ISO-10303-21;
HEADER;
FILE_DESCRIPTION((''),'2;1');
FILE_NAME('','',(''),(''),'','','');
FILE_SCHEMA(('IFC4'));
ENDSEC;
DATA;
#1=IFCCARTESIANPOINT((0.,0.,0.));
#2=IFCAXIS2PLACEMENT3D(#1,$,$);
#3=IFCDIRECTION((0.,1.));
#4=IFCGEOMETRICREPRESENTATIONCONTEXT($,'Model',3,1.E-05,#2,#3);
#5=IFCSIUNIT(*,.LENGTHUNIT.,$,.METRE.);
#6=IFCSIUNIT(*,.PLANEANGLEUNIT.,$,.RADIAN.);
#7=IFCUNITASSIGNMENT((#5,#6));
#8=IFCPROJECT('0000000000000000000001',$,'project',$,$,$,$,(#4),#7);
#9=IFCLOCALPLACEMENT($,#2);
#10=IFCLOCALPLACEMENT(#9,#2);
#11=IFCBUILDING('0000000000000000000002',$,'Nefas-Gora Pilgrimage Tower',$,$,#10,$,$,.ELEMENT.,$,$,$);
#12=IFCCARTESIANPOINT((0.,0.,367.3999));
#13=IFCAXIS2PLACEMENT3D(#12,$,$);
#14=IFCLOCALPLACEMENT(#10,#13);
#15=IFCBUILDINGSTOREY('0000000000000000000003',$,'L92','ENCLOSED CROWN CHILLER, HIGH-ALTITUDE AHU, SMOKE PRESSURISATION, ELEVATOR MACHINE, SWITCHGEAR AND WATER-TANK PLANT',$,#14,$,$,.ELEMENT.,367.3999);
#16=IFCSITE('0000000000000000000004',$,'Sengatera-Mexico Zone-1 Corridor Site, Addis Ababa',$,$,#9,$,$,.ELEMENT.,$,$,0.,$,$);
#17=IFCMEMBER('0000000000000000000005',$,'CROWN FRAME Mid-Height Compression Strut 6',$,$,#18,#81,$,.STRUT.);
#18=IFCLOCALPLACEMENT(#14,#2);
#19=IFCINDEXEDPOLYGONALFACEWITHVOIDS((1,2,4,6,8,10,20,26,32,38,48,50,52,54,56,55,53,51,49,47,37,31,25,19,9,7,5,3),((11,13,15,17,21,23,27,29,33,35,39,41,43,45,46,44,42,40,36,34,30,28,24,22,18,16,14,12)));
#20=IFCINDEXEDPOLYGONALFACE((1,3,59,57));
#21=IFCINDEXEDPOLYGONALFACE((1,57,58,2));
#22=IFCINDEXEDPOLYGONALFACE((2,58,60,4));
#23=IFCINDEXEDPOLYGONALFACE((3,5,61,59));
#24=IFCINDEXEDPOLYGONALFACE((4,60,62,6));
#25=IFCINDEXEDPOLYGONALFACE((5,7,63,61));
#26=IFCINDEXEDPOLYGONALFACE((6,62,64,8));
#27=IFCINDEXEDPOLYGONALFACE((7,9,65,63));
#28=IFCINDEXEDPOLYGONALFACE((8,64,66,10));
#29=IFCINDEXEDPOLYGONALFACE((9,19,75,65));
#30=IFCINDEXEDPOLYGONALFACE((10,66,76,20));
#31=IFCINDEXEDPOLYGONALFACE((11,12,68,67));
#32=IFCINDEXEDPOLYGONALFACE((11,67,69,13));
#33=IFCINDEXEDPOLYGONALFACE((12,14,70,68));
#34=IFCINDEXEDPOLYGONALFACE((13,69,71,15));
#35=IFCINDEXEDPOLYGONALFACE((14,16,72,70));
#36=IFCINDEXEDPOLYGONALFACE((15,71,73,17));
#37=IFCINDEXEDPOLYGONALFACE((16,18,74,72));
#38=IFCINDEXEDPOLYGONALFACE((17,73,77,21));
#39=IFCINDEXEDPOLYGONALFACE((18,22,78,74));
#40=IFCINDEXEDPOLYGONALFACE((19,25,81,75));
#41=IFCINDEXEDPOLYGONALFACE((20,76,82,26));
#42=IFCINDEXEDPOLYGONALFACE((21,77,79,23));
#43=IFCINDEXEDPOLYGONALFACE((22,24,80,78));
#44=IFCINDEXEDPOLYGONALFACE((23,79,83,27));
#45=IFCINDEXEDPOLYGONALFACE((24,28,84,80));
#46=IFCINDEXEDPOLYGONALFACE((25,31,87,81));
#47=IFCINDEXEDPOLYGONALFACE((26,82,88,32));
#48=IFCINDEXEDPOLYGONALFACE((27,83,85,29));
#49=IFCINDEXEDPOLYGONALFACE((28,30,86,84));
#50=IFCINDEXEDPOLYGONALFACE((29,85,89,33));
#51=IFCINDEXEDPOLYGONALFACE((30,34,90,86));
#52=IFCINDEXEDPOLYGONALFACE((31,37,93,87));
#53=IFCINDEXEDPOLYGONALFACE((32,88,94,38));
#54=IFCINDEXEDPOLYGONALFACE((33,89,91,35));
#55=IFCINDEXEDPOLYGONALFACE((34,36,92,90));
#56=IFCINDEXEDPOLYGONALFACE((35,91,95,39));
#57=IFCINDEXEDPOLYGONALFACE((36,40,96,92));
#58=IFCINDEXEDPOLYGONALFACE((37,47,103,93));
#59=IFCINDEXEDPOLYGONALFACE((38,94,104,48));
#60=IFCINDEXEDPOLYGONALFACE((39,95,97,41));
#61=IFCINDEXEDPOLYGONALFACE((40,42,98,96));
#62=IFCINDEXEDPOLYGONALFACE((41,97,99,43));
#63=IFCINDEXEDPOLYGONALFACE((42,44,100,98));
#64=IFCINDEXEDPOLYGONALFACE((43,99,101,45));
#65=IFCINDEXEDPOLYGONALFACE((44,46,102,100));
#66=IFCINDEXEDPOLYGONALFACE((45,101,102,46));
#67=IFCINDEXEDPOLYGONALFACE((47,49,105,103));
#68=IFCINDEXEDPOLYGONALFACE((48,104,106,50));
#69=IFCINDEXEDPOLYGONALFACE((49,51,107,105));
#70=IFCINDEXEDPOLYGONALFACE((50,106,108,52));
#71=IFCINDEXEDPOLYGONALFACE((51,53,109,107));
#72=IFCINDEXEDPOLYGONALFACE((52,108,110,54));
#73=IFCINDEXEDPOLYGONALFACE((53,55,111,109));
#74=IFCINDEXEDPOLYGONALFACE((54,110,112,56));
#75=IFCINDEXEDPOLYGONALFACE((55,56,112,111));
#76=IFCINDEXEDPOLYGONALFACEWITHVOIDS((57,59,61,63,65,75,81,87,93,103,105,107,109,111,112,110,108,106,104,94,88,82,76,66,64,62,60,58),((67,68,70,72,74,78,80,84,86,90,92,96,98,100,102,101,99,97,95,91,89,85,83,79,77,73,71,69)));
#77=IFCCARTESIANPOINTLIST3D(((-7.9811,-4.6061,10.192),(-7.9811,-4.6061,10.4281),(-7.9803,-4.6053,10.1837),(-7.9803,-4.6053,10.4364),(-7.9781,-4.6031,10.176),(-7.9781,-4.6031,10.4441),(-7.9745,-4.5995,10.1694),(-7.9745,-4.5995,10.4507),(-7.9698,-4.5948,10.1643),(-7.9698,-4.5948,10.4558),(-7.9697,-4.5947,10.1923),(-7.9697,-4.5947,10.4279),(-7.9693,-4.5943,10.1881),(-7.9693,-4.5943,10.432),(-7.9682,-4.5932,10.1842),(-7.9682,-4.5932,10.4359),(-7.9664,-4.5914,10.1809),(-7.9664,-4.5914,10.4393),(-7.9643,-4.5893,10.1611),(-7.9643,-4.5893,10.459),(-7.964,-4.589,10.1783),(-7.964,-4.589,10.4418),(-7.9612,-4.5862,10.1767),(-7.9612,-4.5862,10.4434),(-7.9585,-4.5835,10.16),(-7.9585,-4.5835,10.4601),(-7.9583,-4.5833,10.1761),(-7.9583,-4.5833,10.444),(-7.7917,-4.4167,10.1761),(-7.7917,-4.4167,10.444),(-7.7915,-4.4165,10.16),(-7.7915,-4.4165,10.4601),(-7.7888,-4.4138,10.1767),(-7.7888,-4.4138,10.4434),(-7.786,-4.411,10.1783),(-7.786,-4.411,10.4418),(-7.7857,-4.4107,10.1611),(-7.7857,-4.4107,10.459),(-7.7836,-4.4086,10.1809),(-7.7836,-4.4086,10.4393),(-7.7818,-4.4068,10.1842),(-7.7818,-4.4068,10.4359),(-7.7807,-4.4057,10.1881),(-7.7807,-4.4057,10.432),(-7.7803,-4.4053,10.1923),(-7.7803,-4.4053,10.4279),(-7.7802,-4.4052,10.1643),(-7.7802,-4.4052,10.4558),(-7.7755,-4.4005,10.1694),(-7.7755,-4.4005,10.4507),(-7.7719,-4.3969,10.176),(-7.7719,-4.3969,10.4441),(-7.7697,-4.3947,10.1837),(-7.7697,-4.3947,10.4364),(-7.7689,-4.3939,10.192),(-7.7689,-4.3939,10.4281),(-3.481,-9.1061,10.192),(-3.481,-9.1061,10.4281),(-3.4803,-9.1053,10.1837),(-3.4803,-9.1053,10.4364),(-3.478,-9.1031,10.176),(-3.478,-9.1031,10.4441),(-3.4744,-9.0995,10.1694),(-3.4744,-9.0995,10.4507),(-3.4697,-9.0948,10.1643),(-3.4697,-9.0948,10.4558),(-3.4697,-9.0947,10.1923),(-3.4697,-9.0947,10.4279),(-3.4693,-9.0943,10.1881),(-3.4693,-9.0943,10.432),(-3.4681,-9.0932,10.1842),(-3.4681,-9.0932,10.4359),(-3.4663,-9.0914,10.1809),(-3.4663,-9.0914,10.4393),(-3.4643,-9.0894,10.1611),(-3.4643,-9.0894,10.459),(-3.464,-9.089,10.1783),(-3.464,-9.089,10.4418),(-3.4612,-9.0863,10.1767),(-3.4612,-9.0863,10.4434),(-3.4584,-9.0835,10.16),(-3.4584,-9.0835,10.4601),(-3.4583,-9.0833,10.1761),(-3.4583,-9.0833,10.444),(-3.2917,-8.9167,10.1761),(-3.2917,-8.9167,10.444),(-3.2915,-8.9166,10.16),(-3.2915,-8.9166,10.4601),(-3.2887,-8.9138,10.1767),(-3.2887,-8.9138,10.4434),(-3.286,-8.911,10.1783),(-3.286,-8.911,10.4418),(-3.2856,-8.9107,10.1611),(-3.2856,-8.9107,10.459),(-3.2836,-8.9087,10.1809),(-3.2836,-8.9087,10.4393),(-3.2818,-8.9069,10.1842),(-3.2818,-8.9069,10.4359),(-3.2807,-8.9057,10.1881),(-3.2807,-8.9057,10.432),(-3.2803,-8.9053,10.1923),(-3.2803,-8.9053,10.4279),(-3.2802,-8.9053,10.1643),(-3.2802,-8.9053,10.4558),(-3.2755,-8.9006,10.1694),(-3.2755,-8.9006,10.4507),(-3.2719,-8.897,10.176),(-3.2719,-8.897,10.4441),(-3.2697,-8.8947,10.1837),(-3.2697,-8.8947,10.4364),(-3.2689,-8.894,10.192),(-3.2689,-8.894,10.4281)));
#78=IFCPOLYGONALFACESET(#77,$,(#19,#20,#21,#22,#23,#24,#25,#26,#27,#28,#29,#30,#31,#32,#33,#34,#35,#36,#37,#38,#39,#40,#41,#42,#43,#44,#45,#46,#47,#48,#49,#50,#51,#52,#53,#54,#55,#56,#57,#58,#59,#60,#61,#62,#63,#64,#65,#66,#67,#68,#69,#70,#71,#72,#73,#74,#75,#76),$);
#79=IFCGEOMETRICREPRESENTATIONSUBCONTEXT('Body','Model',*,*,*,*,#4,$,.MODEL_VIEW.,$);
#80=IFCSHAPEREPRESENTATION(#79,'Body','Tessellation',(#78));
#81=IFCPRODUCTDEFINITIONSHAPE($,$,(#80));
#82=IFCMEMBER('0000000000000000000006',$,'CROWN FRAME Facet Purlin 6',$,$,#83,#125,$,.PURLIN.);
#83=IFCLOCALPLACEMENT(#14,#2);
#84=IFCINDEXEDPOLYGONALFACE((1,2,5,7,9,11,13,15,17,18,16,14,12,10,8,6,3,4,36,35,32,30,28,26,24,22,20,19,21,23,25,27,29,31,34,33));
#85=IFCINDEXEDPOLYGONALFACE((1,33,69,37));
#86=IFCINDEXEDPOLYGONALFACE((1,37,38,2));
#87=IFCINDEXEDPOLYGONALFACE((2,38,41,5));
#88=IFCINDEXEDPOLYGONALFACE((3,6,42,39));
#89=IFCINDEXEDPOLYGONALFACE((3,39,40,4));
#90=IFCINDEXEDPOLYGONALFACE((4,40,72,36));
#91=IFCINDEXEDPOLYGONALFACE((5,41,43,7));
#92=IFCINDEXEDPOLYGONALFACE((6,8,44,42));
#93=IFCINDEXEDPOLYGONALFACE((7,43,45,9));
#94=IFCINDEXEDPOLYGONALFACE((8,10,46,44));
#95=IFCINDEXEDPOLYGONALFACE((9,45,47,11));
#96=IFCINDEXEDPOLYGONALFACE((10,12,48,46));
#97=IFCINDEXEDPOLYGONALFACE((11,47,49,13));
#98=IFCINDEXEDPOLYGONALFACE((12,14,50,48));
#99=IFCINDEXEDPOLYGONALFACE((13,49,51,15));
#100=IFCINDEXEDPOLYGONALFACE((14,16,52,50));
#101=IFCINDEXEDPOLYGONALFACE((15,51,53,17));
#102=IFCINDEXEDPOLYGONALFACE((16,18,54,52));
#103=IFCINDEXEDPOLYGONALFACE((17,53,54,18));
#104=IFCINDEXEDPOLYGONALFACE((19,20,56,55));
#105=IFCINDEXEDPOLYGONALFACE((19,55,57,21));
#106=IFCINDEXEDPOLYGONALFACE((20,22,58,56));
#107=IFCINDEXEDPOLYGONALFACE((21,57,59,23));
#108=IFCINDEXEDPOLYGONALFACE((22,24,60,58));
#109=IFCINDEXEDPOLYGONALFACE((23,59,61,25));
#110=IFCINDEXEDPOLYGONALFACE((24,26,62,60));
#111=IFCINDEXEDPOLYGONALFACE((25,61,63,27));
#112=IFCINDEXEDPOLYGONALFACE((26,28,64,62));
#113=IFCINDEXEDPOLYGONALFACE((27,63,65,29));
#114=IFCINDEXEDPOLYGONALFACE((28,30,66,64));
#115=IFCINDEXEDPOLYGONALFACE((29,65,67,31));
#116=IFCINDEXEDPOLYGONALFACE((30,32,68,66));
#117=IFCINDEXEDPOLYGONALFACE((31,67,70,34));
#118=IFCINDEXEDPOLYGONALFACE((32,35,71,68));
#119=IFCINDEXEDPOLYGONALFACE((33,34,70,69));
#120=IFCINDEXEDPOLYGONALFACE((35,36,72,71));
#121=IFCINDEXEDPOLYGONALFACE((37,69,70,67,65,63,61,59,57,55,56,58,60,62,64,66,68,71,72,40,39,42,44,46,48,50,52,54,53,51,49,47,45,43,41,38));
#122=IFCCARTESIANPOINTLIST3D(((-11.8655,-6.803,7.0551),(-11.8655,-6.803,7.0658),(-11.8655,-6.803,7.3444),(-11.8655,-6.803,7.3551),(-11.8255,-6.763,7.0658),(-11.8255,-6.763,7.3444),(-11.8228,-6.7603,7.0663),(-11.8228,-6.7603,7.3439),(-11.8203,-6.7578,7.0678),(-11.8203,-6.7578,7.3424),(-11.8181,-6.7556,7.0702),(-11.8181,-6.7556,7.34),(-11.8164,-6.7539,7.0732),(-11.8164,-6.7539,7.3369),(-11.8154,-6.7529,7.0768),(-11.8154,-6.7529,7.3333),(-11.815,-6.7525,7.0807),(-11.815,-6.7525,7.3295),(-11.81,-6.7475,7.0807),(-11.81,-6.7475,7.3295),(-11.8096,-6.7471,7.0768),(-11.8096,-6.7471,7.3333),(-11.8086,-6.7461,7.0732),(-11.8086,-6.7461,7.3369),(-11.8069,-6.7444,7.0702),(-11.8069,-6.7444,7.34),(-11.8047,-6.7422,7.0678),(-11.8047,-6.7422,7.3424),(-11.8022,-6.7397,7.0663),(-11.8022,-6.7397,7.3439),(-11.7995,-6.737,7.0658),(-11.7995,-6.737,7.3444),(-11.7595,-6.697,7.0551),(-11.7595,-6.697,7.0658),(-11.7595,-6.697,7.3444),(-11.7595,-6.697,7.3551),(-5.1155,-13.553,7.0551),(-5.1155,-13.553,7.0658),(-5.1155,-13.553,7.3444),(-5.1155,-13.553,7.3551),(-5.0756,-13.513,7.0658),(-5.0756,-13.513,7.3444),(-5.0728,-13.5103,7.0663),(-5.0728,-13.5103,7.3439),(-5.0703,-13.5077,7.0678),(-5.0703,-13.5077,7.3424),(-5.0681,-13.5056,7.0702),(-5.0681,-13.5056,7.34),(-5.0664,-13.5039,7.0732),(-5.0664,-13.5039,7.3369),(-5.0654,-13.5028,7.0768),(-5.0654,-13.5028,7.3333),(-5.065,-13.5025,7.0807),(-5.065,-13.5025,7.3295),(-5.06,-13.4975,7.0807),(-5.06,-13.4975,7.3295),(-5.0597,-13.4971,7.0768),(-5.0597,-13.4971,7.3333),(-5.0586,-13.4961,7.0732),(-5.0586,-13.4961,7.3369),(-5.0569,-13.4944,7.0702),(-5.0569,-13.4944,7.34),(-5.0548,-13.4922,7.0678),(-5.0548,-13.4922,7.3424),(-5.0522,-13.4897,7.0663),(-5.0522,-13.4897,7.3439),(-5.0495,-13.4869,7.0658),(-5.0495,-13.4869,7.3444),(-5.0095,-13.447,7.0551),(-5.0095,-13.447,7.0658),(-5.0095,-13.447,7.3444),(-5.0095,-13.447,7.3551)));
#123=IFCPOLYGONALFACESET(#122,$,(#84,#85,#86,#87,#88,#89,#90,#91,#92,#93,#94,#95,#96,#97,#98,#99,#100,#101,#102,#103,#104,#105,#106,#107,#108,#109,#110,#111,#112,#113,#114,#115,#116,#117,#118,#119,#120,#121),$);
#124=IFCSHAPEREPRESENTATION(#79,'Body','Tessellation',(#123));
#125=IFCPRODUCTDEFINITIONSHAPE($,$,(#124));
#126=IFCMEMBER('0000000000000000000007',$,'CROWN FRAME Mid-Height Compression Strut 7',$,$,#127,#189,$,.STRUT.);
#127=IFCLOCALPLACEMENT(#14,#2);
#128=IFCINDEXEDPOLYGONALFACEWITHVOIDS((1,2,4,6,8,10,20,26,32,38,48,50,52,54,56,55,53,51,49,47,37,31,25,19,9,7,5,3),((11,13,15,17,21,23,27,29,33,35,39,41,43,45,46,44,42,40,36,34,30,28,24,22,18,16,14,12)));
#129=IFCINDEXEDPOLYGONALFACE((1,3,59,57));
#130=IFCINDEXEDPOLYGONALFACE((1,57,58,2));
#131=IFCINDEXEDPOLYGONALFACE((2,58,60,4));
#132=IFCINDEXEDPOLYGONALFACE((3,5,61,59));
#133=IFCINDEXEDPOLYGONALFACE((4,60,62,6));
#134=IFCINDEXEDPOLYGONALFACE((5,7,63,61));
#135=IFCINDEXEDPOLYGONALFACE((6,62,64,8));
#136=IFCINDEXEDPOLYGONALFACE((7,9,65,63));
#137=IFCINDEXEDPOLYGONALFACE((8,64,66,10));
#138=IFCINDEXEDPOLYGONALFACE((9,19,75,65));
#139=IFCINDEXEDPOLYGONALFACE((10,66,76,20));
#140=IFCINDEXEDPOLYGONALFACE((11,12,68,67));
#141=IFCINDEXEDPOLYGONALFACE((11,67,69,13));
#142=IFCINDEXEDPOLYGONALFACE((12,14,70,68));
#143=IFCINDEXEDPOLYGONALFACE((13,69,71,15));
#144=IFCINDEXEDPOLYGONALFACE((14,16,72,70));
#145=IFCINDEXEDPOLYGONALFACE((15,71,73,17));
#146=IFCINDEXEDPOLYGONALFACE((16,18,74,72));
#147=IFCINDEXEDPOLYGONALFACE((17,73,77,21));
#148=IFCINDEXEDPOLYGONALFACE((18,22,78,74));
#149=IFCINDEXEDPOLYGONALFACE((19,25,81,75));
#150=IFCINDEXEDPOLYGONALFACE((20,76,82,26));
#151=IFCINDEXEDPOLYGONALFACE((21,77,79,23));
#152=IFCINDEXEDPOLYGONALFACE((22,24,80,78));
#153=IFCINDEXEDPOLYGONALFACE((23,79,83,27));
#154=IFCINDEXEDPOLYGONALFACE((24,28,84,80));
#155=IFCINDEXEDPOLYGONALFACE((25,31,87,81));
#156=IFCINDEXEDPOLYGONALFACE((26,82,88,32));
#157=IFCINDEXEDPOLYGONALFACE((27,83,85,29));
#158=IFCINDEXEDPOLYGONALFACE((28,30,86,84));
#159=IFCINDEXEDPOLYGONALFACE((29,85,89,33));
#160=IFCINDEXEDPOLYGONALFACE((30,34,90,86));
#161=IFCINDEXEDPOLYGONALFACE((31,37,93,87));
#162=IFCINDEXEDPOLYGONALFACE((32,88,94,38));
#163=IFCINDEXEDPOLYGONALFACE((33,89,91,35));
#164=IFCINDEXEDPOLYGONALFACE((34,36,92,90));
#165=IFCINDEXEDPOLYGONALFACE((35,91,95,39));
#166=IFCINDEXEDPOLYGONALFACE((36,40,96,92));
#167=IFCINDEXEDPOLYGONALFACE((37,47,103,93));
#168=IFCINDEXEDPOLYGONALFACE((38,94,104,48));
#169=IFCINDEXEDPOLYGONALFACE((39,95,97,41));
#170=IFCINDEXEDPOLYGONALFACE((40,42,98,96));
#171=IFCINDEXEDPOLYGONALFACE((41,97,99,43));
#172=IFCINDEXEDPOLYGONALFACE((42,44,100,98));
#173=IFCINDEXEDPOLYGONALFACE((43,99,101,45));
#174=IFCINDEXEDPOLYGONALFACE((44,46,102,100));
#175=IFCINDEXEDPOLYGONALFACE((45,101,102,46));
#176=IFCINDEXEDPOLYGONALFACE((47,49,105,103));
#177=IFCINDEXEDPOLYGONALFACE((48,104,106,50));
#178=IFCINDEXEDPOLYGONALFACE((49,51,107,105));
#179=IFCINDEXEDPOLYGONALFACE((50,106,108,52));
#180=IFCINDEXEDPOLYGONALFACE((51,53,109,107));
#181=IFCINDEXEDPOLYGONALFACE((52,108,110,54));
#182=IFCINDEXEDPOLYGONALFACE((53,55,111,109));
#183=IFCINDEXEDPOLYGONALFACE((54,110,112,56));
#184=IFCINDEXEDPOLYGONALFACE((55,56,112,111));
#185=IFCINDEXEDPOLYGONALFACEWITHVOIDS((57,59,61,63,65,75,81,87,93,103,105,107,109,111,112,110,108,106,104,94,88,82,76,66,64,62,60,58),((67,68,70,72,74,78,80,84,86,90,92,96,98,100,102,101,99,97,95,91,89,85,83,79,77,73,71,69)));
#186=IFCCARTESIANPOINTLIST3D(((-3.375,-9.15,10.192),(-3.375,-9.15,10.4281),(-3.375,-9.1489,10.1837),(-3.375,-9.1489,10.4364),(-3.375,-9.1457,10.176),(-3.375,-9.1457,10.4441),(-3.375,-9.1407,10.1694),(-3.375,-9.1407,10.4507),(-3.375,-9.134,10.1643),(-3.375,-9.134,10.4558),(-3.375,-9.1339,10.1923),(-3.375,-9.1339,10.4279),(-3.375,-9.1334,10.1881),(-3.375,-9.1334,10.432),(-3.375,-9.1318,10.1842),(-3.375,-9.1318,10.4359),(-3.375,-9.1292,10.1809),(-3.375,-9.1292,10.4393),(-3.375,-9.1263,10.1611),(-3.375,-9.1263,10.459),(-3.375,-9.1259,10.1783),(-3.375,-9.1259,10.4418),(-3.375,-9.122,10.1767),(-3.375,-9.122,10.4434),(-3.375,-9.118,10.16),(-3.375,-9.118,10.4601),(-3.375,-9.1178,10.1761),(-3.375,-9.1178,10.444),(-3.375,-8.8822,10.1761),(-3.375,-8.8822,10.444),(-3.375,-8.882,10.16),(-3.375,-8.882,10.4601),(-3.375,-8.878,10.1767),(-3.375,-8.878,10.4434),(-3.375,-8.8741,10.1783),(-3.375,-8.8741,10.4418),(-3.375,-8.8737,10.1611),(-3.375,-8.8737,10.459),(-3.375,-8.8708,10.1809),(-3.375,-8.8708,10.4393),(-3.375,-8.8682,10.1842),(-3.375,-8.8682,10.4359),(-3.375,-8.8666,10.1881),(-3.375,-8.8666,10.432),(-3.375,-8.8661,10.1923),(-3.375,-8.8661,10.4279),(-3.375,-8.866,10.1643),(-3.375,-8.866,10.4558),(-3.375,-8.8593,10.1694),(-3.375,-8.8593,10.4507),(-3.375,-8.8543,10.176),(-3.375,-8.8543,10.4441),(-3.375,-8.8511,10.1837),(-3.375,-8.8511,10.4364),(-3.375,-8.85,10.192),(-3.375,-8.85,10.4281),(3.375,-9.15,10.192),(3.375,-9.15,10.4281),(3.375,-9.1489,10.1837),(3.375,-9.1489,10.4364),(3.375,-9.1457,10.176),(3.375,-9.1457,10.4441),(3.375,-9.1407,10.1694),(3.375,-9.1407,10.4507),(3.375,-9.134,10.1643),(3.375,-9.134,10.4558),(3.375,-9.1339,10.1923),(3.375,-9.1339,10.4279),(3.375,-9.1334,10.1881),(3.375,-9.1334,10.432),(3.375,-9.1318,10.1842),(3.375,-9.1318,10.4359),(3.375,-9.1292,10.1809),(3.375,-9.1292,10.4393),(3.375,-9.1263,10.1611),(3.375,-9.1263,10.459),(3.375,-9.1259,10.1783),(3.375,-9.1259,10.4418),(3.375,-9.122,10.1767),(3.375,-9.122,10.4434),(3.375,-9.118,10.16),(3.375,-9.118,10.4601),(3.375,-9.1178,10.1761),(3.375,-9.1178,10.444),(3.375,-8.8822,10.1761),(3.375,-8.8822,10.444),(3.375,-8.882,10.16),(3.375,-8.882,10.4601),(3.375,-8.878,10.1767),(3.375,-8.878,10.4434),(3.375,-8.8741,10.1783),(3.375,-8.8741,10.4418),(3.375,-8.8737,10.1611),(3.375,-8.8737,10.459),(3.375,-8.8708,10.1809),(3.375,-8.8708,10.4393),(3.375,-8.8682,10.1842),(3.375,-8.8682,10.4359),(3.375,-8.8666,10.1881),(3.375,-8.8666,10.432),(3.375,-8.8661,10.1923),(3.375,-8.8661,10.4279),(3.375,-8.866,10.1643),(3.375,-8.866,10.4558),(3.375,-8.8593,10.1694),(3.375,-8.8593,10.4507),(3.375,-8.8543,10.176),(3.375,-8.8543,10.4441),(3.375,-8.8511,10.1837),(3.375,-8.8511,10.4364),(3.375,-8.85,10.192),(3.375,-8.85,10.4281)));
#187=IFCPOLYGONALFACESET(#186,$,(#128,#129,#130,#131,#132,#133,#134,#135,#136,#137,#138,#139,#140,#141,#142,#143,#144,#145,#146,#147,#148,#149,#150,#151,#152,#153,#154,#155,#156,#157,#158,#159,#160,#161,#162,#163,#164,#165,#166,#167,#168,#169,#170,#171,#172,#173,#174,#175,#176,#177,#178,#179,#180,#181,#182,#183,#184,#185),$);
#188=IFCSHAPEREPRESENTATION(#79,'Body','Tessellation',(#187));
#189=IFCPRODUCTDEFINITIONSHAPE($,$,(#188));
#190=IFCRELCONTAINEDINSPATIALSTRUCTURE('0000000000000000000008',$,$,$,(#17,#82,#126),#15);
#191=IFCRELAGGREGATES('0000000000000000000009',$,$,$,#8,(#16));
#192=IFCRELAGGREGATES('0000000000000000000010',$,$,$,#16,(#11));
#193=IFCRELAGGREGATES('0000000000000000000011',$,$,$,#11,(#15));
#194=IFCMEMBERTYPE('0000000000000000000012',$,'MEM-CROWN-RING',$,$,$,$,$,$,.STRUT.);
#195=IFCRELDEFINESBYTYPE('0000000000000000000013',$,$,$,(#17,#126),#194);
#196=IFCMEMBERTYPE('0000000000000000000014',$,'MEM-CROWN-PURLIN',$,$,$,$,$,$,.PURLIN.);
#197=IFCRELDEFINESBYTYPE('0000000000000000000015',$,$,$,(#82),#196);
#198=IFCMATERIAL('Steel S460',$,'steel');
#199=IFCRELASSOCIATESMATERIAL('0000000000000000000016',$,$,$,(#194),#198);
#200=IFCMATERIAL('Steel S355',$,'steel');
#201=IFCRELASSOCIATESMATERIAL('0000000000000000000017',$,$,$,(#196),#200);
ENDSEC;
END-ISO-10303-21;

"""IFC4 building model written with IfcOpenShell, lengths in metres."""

from ifc_helpers import new_model, si_unit, direction, frame, origin, origin_2d, place, context, subcontext, project, spatial, hollow_rectangle, i_section, extrude, source, transform, mapped, material, material_profile, profile_set, type_object, element, save


model = new_model("IFC4")

# Units and contexts
model_context = context("Model", 3, precision=1e-05, world=origin(), true_north=direction((0.0, 1.0)))
body_context = subcontext(model_context, "Body", "Model", "MODEL_VIEW")
ifc_project = project(units=[si_unit("LENGTHUNIT", "METRE"), si_unit("PLANEANGLEUNIT", "RADIAN")], contexts=[model_context])

# Site, building, storey
site_placement = place(None, origin())
site = spatial("IfcSite", under=ifc_project, at=site_placement, Name="Sengatera-Mexico Zone-1 Corridor Site, Addis Ababa", CompositionType="ELEMENT", RefElevation=0.0)
building_placement = place(site_placement, origin())
building = spatial("IfcBuilding", under=site, at=building_placement, Name="Nefas-Gora Pilgrimage Tower", CompositionType="ELEMENT")
storey_placement = place(building_placement, frame((0.0, 0.0, 367.3999)))
storey = spatial("IfcBuildingStorey", under=building, at=storey_placement, Name="L92", Description="ENCLOSED CROWN CHILLER, HIGH-ALTITUDE AHU, SMOKE PRESSURISATION, ELEVATOR MACHINE, SWITCHGEAR AND WATER-TANK PLANT", CompositionType="ELEMENT", Elevation=367.3999)

# Shared definitions
ifc_material_1 = material(Name="Steel S355", Category="steel")

# Shared definitions
ifc_material_2 = material(Name="Steel S460", Category="steel")

# Members
ifc_material_profile_1 = material_profile(ifc_material_2, hollow_rectangle(XDim=0.3, YDim=0.3, WallThickness=0.0161, InnerFilletRadius=0.0161, OuterFilletRadius=0.032, at=origin_2d()), Name="SHS 300x300x16")
ifc_profile_set_1 = profile_set([ifc_material_profile_1], Name="Steel S460")
member_type_1 = type_object("IfcMemberType", Name="MEM-CROWN-RING", PredefinedType="STRUT", material=ifc_profile_set_1)
shared_shape_1 = source(origin(), body_context, "Body", "SweptSolid", [
    extrude(hollow_rectangle(XDim=0.3, YDim=0.3, WallThickness=0.0161, InnerFilletRadius=0.0161, OuterFilletRadius=0.032, at=origin_2d()), origin(), (0.0, 0.0, 1.0), 6.364),
])
member_1_placement = place(storey_placement, frame((-7.875, -4.5, 10.3101), z_axis=(0.707107, -0.707107, 0.0), x_axis=(0.707107, 0.707107, 0.0)))
element("IfcMember", 1, at=member_1_placement, inside=storey, type_object=member_type_1, Name="CROWN FRAME Mid-Height Compression Strut 6", PredefinedType="STRUT", context=body_context, shape_type="MappedRepresentation", body=[
    mapped(shared_shape_1, transform((0.0, 0.0, 0.0), x_axis=(1.0, 0.0, 0.0), y_axis=(0.0, 1.0, 0.0), z_axis=(0.0, 0.0, 1.0), scale=1.0)),
])
ifc_material_profile_2 = material_profile(ifc_material_1, i_section(OverallWidth=0.1499, OverallDepth=0.3, WebThickness=0.0071, FlangeThickness=0.0107, FilletRadius=0.0149, at=origin_2d()), Name="IPE 300")
ifc_profile_set_2 = profile_set([ifc_material_profile_2], Name="Steel S355")
member_type_2 = type_object("IfcMemberType", Name="MEM-CROWN-PURLIN", PredefinedType="PURLIN", material=ifc_profile_set_2)
shared_shape_2 = source(origin(), body_context, "Body", "SweptSolid", [
    extrude(i_section(OverallWidth=0.1499, OverallDepth=0.3, WebThickness=0.0071, FlangeThickness=0.0107, FilletRadius=0.0149, at=origin_2d()), origin(), (0.0, 0.0, 1.0), 9.5459),
])
member_2_placement = place(storey_placement, frame((-11.8125, -6.75, 7.2051), z_axis=(0.707107, -0.707107, 0.0), x_axis=(0.707107, 0.707107, 0.0)))
element("IfcMember", 2, at=member_2_placement, inside=storey, type_object=member_type_2, Name="CROWN FRAME Facet Purlin 6", PredefinedType="PURLIN", context=body_context, shape_type="MappedRepresentation", body=[
    mapped(shared_shape_2, transform((0.0, 0.0, 0.0), x_axis=(1.0, 0.0, 0.0), y_axis=(0.0, 1.0, 0.0), z_axis=(0.0, 0.0, 1.0), scale=1.0)),
])
shared_shape_3 = source(origin(), body_context, "Body", "SweptSolid", [
    extrude(hollow_rectangle(XDim=0.3, YDim=0.3, WallThickness=0.0161, InnerFilletRadius=0.0161, OuterFilletRadius=0.032, at=origin_2d()), origin(), (0.0, 0.0, 1.0), 6.75),
])
member_3_placement = place(storey_placement, frame((-3.375, -9.0, 10.3101), z_axis=(1.0, 0.0, 0.0), x_axis=(0.0, 1.0, 0.0)))
element("IfcMember", 3, at=member_3_placement, inside=storey, type_object=member_type_1, Name="CROWN FRAME Mid-Height Compression Strut 7", PredefinedType="STRUT", context=body_context, shape_type="MappedRepresentation", body=[
    mapped(shared_shape_3, transform((0.0, 0.0, 0.0), x_axis=(1.0, 0.0, 0.0), y_axis=(0.0, 1.0, 0.0), z_axis=(0.0, 0.0, 1.0), scale=1.0)),
])

save(model, "model.ifc")
